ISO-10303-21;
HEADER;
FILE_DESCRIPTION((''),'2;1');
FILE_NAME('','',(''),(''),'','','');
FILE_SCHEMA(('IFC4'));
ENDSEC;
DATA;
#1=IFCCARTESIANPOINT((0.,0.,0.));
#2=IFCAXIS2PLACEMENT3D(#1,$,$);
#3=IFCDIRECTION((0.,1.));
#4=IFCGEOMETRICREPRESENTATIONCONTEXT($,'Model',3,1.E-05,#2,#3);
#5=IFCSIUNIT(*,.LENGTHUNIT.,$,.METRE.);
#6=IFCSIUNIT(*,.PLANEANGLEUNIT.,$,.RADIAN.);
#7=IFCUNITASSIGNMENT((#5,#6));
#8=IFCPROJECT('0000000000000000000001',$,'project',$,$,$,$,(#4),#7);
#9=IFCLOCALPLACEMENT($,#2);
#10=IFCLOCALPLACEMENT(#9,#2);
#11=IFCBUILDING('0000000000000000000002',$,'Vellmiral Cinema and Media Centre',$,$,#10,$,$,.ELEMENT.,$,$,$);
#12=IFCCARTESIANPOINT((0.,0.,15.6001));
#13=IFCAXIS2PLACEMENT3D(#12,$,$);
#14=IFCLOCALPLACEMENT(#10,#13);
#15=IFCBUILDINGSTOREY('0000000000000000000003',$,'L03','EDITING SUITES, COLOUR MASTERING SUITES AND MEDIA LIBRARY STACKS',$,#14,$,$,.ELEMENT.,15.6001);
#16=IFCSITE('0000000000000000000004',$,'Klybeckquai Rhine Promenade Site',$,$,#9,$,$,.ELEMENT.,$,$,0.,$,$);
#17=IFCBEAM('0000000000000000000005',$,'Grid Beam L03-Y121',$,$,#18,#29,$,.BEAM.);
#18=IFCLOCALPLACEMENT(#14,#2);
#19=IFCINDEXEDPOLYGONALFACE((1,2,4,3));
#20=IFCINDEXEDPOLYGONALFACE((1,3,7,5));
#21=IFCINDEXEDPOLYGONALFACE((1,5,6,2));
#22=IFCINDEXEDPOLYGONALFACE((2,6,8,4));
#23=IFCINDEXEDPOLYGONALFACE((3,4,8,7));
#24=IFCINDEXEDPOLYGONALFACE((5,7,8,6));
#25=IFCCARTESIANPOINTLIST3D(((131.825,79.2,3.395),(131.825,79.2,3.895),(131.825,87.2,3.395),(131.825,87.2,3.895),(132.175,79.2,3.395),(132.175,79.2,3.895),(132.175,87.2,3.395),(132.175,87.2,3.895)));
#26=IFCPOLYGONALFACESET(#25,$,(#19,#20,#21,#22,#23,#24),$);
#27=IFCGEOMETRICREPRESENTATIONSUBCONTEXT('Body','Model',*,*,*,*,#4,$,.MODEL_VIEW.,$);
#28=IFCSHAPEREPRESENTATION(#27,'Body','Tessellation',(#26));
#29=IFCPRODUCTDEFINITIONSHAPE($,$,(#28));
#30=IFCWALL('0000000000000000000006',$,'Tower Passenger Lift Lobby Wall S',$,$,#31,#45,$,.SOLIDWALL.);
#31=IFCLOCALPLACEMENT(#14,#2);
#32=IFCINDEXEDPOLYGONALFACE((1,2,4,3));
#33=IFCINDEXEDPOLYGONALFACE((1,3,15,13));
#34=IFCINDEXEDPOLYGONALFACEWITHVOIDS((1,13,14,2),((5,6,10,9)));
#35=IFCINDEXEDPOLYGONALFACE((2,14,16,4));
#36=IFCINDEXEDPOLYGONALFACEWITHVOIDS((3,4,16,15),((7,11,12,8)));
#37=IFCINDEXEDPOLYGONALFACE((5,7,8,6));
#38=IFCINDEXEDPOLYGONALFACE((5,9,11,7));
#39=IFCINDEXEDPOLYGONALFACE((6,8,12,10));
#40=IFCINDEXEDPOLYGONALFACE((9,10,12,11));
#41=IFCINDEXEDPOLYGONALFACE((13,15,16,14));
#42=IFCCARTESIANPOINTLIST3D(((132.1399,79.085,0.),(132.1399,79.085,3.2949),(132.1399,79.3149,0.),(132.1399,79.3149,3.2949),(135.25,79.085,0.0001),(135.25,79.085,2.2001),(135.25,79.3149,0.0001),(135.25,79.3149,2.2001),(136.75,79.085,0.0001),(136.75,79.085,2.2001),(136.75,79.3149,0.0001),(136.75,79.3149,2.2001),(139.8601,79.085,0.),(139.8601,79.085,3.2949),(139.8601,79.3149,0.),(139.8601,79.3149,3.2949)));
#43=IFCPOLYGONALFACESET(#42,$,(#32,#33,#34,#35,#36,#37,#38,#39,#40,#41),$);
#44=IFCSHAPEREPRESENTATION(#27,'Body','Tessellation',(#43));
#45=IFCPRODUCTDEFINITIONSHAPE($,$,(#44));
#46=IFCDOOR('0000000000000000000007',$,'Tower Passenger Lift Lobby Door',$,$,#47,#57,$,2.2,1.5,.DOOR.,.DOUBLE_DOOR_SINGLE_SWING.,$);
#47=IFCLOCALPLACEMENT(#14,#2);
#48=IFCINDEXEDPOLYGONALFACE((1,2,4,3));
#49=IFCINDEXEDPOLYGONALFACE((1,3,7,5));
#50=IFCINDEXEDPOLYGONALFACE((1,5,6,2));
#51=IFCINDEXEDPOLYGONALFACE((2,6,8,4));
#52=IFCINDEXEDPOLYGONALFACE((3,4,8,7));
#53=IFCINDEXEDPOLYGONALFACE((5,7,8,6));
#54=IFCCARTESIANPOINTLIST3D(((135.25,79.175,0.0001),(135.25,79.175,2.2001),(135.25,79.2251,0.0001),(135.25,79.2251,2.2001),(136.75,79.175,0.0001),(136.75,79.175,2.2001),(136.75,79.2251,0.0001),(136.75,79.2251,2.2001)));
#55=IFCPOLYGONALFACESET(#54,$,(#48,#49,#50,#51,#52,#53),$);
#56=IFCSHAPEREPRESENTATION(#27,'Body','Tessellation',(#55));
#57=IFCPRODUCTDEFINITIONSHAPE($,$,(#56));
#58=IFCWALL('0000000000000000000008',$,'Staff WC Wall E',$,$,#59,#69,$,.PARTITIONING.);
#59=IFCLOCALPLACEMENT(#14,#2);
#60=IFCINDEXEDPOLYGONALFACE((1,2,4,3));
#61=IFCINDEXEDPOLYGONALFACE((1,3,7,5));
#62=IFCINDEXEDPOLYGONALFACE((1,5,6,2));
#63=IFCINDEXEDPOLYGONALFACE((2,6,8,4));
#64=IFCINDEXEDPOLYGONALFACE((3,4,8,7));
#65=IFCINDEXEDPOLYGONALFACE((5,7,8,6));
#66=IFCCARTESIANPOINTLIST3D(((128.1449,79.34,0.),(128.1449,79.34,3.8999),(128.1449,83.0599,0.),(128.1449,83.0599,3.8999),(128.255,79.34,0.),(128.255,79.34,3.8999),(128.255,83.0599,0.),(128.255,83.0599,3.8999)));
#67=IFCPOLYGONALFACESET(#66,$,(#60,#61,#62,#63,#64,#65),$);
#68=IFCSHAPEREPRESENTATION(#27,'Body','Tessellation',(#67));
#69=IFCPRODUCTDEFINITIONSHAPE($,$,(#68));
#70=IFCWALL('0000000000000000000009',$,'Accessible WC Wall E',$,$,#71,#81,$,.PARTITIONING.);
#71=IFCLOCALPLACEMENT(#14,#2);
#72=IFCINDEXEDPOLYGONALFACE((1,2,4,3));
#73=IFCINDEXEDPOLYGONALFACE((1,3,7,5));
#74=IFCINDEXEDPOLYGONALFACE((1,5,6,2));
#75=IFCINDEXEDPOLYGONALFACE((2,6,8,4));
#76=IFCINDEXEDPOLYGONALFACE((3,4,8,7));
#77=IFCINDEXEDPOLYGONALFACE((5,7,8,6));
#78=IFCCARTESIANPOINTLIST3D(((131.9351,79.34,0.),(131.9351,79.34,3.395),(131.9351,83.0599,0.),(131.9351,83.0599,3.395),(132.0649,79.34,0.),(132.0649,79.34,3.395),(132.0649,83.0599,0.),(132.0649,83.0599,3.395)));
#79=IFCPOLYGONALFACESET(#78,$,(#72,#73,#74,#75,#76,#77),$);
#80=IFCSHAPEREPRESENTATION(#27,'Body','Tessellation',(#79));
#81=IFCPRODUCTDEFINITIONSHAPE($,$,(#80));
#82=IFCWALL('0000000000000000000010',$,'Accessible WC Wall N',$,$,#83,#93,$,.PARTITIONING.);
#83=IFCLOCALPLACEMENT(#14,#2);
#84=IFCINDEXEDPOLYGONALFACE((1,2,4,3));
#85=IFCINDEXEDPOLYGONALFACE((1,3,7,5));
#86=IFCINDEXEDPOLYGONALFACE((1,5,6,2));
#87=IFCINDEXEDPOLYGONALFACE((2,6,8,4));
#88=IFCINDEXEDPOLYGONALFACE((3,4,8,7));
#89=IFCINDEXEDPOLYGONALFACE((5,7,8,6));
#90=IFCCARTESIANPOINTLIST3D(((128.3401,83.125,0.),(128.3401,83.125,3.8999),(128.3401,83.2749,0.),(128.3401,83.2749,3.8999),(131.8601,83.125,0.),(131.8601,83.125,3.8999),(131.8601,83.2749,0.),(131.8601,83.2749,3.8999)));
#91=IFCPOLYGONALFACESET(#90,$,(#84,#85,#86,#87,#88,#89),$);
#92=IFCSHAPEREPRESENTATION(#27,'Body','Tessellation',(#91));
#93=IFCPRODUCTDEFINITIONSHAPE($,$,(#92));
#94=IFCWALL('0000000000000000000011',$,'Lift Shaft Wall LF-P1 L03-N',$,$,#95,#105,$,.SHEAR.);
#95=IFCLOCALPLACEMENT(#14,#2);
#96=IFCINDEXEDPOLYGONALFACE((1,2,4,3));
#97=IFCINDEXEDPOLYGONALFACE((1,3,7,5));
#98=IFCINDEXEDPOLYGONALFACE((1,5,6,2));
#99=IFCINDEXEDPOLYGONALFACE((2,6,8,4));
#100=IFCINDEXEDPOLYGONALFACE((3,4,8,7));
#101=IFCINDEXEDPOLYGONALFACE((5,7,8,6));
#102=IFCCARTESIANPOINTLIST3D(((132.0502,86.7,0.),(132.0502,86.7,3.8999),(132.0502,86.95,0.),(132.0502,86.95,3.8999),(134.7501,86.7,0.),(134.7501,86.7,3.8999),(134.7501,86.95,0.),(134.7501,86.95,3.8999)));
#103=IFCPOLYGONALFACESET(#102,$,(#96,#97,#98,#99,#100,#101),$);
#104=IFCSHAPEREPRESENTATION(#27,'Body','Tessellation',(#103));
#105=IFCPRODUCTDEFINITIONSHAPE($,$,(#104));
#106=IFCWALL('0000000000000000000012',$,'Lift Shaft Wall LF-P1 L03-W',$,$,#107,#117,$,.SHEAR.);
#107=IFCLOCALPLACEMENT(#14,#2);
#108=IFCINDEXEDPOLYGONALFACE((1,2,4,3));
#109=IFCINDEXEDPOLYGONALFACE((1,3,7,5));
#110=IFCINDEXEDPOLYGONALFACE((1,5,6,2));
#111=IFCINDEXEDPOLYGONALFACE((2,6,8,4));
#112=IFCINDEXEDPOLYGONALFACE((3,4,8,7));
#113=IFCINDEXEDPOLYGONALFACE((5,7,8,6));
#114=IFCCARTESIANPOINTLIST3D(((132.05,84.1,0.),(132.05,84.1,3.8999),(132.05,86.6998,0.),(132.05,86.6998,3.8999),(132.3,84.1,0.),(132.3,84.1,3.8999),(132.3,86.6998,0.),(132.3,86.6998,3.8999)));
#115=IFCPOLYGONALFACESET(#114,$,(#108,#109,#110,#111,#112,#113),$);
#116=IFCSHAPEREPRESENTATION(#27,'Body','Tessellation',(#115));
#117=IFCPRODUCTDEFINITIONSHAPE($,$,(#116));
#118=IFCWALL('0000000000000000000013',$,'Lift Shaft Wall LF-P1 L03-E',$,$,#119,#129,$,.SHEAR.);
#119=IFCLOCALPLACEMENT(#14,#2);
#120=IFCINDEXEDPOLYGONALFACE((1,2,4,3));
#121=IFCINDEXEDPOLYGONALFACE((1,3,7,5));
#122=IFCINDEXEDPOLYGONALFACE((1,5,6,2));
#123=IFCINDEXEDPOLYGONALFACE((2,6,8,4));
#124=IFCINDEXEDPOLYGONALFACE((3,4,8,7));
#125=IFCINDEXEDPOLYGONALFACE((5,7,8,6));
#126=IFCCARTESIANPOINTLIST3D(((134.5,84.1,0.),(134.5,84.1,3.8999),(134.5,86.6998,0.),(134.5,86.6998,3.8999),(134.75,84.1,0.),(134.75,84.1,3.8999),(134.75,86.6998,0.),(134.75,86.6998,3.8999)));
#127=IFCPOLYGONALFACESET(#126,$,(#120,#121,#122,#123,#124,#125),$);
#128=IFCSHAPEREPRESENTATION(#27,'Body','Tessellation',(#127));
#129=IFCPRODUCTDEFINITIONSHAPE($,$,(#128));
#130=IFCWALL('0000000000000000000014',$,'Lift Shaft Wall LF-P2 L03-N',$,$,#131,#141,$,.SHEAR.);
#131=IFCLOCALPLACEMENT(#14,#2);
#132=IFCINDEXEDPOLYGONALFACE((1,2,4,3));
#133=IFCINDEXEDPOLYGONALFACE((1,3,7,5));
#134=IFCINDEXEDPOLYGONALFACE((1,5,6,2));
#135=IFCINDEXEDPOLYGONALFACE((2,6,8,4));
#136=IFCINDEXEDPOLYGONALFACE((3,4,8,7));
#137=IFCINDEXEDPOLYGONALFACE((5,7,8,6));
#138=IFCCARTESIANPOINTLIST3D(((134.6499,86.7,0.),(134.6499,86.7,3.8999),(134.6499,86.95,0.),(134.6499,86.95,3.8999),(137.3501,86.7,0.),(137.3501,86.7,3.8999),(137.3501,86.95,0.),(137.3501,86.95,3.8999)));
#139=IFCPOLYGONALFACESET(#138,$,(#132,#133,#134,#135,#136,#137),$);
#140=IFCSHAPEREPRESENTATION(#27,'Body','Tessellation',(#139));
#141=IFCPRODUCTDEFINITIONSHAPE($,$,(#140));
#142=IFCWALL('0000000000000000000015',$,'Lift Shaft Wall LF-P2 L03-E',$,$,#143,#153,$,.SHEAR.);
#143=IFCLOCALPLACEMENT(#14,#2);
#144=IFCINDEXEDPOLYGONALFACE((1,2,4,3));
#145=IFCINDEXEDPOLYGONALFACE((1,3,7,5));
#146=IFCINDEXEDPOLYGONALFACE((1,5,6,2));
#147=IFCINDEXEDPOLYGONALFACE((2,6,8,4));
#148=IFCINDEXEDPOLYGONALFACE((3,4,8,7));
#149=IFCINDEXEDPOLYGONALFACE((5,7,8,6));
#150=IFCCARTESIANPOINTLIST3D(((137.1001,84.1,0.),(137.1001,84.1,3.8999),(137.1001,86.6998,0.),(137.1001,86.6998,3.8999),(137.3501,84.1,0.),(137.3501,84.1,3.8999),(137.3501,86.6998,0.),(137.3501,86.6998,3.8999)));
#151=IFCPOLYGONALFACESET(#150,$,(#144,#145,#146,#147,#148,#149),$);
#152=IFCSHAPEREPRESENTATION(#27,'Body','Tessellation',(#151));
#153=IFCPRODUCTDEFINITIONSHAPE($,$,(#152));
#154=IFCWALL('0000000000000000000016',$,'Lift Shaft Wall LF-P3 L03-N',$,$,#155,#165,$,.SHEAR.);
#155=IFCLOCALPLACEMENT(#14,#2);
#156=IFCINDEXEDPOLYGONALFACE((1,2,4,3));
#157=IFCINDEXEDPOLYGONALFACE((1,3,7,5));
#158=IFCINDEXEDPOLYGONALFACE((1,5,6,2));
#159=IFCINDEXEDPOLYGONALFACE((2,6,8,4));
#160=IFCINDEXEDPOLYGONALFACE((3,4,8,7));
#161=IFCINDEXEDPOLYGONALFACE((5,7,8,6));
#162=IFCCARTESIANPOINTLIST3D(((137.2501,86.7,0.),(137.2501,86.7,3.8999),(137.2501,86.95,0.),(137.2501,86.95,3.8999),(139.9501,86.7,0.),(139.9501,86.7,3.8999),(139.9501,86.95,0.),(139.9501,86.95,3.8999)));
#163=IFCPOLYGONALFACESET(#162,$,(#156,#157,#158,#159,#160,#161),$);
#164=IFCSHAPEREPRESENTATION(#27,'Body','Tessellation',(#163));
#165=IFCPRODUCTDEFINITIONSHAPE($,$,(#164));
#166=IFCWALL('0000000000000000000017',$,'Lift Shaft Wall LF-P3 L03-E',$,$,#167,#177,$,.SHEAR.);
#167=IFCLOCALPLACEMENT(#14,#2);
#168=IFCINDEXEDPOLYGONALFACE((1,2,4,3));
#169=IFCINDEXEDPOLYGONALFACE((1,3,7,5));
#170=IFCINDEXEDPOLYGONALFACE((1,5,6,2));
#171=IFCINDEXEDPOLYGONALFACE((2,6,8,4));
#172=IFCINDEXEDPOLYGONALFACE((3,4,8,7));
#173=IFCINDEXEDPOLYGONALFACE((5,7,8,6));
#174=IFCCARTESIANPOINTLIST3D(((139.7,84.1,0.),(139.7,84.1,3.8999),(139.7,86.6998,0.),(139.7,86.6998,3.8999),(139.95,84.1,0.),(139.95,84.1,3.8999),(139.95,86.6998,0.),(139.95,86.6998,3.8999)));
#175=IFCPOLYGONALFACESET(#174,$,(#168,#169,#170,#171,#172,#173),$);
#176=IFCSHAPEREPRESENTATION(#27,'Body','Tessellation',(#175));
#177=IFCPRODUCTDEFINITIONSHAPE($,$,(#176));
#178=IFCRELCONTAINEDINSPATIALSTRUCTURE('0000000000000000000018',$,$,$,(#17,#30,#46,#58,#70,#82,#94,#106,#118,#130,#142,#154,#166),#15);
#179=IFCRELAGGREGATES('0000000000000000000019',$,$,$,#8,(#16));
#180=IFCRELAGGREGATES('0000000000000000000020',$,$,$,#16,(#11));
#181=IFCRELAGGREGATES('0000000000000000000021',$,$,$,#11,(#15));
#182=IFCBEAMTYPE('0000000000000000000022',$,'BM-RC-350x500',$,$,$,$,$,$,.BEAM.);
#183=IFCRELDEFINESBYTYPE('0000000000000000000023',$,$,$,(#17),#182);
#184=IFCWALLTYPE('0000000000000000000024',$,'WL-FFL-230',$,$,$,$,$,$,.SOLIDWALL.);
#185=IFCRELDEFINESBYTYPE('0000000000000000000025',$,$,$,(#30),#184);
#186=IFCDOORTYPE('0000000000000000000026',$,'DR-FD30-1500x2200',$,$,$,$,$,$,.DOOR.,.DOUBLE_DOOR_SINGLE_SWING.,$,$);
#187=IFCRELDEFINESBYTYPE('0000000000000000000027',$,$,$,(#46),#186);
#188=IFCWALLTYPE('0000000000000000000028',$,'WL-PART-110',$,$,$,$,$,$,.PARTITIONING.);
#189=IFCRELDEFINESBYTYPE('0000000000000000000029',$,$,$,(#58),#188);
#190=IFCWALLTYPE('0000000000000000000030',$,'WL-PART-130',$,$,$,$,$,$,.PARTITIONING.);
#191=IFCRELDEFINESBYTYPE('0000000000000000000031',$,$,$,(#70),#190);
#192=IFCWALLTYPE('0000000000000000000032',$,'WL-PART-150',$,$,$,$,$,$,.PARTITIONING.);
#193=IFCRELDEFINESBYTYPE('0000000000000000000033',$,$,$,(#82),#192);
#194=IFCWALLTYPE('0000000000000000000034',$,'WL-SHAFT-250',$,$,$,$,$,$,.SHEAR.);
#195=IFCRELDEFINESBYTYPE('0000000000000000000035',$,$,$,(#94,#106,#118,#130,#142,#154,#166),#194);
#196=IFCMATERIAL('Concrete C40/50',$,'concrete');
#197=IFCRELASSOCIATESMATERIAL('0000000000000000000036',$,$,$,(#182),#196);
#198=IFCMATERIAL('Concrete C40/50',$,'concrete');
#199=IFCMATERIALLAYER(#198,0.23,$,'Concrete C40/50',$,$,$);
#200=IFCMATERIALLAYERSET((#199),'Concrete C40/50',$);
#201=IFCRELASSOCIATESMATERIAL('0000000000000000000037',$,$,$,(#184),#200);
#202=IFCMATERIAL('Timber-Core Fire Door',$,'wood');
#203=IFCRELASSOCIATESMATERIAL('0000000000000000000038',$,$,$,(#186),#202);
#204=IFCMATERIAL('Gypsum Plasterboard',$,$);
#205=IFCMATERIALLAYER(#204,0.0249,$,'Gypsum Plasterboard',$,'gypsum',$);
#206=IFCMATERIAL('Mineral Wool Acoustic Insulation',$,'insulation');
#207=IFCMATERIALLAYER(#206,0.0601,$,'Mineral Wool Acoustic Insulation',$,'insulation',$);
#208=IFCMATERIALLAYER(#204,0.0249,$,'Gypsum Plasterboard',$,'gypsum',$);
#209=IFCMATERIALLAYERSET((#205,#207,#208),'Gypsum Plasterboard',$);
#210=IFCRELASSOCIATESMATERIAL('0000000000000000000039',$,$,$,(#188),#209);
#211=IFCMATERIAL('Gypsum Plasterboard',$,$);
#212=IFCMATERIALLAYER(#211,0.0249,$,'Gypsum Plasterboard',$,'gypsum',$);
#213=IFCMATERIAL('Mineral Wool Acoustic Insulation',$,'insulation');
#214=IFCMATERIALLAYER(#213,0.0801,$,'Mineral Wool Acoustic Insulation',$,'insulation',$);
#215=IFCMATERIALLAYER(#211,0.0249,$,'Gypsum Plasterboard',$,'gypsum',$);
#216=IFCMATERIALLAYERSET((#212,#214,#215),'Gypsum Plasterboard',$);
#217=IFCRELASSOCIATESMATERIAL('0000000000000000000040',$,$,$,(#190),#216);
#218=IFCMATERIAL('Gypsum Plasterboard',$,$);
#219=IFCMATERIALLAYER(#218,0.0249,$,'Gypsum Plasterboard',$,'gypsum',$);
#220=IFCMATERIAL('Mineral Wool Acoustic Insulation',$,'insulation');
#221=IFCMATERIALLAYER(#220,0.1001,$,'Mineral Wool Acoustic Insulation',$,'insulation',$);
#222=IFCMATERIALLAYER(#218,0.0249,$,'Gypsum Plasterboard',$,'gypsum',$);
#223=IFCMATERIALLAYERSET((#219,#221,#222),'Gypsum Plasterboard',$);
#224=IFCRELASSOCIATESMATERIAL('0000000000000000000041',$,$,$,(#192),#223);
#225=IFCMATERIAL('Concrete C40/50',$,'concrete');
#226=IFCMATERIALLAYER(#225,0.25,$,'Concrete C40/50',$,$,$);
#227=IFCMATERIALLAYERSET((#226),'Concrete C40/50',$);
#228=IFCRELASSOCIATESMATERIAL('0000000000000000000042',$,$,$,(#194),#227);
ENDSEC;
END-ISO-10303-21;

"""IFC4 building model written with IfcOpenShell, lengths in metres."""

from ifc_helpers import new_model, si_unit, direction, frame, frame_2d, origin, origin_2d, place, context, subcontext, project, spatial, rectangle, extrude, material, layer, layer_set, material_profile, profile_set, type_object, element, fill, save


model = new_model("IFC4")

# Units and contexts
model_context = context("Model", 3, precision=1e-05, world=origin(), true_north=direction((0.0, 1.0)))
body_context = subcontext(model_context, "Body", "Model", "MODEL_VIEW")
ifc_project = project(units=[si_unit("LENGTHUNIT", "METRE"), si_unit("PLANEANGLEUNIT", "RADIAN")], contexts=[model_context])

# Site, building, storey
site_placement = place(None, origin())
site = spatial("IfcSite", under=ifc_project, at=site_placement, Name="Klybeckquai Rhine Promenade Site", CompositionType="ELEMENT", RefElevation=0.0)
building_placement = place(site_placement, origin())
building = spatial("IfcBuilding", under=site, at=building_placement, Name="Vellmiral Cinema and Media Centre", CompositionType="ELEMENT")
storey_placement = place(building_placement, frame((0.0, 0.0, 15.6001)))
storey = spatial("IfcBuildingStorey", under=building, at=storey_placement, Name="L03", Description="EDITING SUITES, COLOUR MASTERING SUITES AND MEDIA LIBRARY STACKS", CompositionType="ELEMENT", Elevation=15.6001)

# Beam
ifc_material_1 = material(Name="Concrete C40/50", Category="concrete")
ifc_material_profile = material_profile(ifc_material_1, rectangle(XDim=0.3501, YDim=0.5, at=origin_2d()), Name="RC 350x500")
ifc_profile_set = profile_set([ifc_material_profile], Name="Concrete C40/50")
beam_type = type_object("IfcBeamType", Name="BM-RC-350x500", PredefinedType="BEAM", material=ifc_profile_set)
beam_placement = place(storey_placement, frame((132.0, 79.2, 3.645), z_axis=(0.0, 1.0, 0.0), x_axis=(-1.0, 0.0, 0.0)))
element("IfcBeam", 1, at=beam_placement, inside=storey, type_object=beam_type, Name="Grid Beam L03-Y121", PredefinedType="BEAM", context=body_context, shape_type="SweptSolid", body=[
    extrude(rectangle(XDim=0.3501, YDim=0.5, at=origin_2d()), origin(), (0.0, 0.0, 1.0), 8.0),
])

# Wall, opening, door
ifc_material_2 = material(Name="Concrete C40/50", Category="concrete")
ifc_layer_1 = layer(ifc_material_2, 0.23, Name="Concrete C40/50")
ifc_layer_set_1 = layer_set([ifc_layer_1], Name="Concrete C40/50")
wall_type_1 = type_object("IfcWallType", Name="WL-FFL-230", PredefinedType="SOLIDWALL", material=ifc_layer_set_1)
wall_1_placement = place(storey_placement, frame((132.1399, 79.2, 0.0), z_axis=(0.0, 0.0, 1.0), x_axis=(1.0, 0.0, 0.0)))
wall_1 = element("IfcWall", 2, at=wall_1_placement, inside=storey, type_object=wall_type_1, Name="Tower Passenger Lift Lobby Wall S", PredefinedType="SOLIDWALL", context=body_context, shape_type="SweptSolid", body=[
    extrude(rectangle(XDim=7.7202, YDim=0.23, at=frame_2d((3.8601, 0.0))), origin(), (0.0, 0.0, 1.0), 3.2949),
])
opening_1_placement = place(wall_1_placement, frame((3.1101, 0.0, 0.0)))
opening_1 = element("IfcOpeningElement", 3, at=opening_1_placement, cuts=wall_1, PredefinedType="OPENING", context=body_context, shape_type="SweptSolid", body=[
    extrude(rectangle(XDim=1.5, YDim=2.2, at=frame_2d((0.75, 1.1001))), frame((0.0, 0.127, 0.0), z_axis=(0.0, -1.0, 0.0), x_axis=(1.0, 0.0, 0.0)), (0.0, 0.0, 1.0), 0.2539),
])
ifc_material_3 = material(Name="Timber-Core Fire Door", Category="wood")
door_type_1 = type_object("IfcDoorType", Name="DR-FD30-1500x2200", OperationType="DOUBLE_DOOR_SINGLE_SWING", PredefinedType="DOOR", material=ifc_material_3)
door_1_placement = place(opening_1_placement, frame((1.5, 0.0, 0.0), z_axis=(0.0, 0.0, 1.0), x_axis=(-1.0, 0.0, 0.0)))
door_1 = element("IfcDoor", 4, at=door_1_placement, inside=storey, type_object=door_type_1, Name="Tower Passenger Lift Lobby Door", OperationType="DOUBLE_DOOR_SINGLE_SWING", OverallHeight=2.2, OverallWidth=1.5, PredefinedType="DOOR", context=body_context, shape_type="SweptSolid", body=[
    extrude(rectangle(XDim=1.5, YDim=2.2, at=frame_2d((0.75, 1.1001))), frame((0.0, 0.0249, 0.0), z_axis=(0.0, -1.0, 0.0), x_axis=(1.0, 0.0, 0.0)), (0.0, 0.0, 1.0), 0.05),
])
fill(opening_1, door_1)

# Walls
ifc_material_4 = material(Name="Gypsum Plasterboard")
ifc_layer_2 = layer(ifc_material_4, 0.0249, Name="Gypsum Plasterboard", Category="gypsum")
ifc_material_5 = material(Name="Mineral Wool Acoustic Insulation", Category="insulation")
ifc_layer_3 = layer(ifc_material_5, 0.0601, Name="Mineral Wool Acoustic Insulation", Category="insulation")
ifc_layer_4 = layer(ifc_material_4, 0.0249, Name="Gypsum Plasterboard", Category="gypsum")
ifc_layer_set_2 = layer_set([ifc_layer_2, ifc_layer_3, ifc_layer_4], Name="Gypsum Plasterboard")
wall_type_2 = type_object("IfcWallType", Name="WL-PART-110", PredefinedType="PARTITIONING", material=ifc_layer_set_2)
wall_2_placement = place(storey_placement, frame((128.2, 79.3401, 0.0), z_axis=(0.0, 0.0, 1.0), x_axis=(0.0, 1.0, 0.0)))
element("IfcWall", 5, at=wall_2_placement, inside=storey, type_object=wall_type_2, Name="Staff WC Wall E", PredefinedType="PARTITIONING", context=body_context, shape_type="SweptSolid", body=[
    extrude(rectangle(XDim=3.72, YDim=0.1101, at=frame_2d((1.8599, 0.0))), origin(), (0.0, 0.0, 1.0), 3.8999),
])
ifc_material_6 = material(Name="Gypsum Plasterboard")
ifc_layer_5 = layer(ifc_material_6, 0.0249, Name="Gypsum Plasterboard", Category="gypsum")
ifc_material_7 = material(Name="Mineral Wool Acoustic Insulation", Category="insulation")
ifc_layer_6 = layer(ifc_material_7, 0.0801, Name="Mineral Wool Acoustic Insulation", Category="insulation")
ifc_layer_7 = layer(ifc_material_6, 0.0249, Name="Gypsum Plasterboard", Category="gypsum")
ifc_layer_set_3 = layer_set([ifc_layer_5, ifc_layer_6, ifc_layer_7], Name="Gypsum Plasterboard")
wall_type_3 = type_object("IfcWallType", Name="WL-PART-130", PredefinedType="PARTITIONING", material=ifc_layer_set_3)
wall_3_placement = place(storey_placement, frame((132.0, 79.3401, 0.0), z_axis=(0.0, 0.0, 1.0), x_axis=(0.0, 1.0, 0.0)))
element("IfcWall", 6, at=wall_3_placement, inside=storey, type_object=wall_type_3, Name="Accessible WC Wall E", PredefinedType="PARTITIONING", context=body_context, shape_type="SweptSolid", body=[
    extrude(rectangle(XDim=3.72, YDim=0.1299, at=frame_2d((1.8599, 0.0))), origin(), (0.0, 0.0, 1.0), 3.395),
])
ifc_material_8 = material(Name="Gypsum Plasterboard")
ifc_layer_8 = layer(ifc_material_8, 0.0249, Name="Gypsum Plasterboard", Category="gypsum")
ifc_material_9 = material(Name="Mineral Wool Acoustic Insulation", Category="insulation")
ifc_layer_9 = layer(ifc_material_9, 0.1001, Name="Mineral Wool Acoustic Insulation", Category="insulation")
ifc_layer_10 = layer(ifc_material_8, 0.0249, Name="Gypsum Plasterboard", Category="gypsum")
ifc_layer_set_4 = layer_set([ifc_layer_8, ifc_layer_9, ifc_layer_10], Name="Gypsum Plasterboard")
wall_type_4 = type_object("IfcWallType", Name="WL-PART-150", PredefinedType="PARTITIONING", material=ifc_layer_set_4)
wall_4_placement = place(storey_placement, frame((128.3401, 83.2, 0.0), z_axis=(0.0, 0.0, 1.0), x_axis=(1.0, 0.0, 0.0)))
element("IfcWall", 7, at=wall_4_placement, inside=storey, type_object=wall_type_4, Name="Accessible WC Wall N", PredefinedType="PARTITIONING", context=body_context, shape_type="SweptSolid", body=[
    extrude(rectangle(XDim=3.52, YDim=0.1499, at=frame_2d((1.76, 0.0))), origin(), (0.0, 0.0, 1.0), 3.8999),
])

# Shared definitions
ifc_material_10 = material(Name="Concrete C40/50", Category="concrete")
ifc_layer_11 = layer(ifc_material_10, 0.25, Name="Concrete C40/50")
ifc_layer_set_5 = layer_set([ifc_layer_11], Name="Concrete C40/50")
wall_type_5 = type_object("IfcWallType", Name="WL-SHAFT-250", PredefinedType="SHEAR", material=ifc_layer_set_5)

# Walls
wall_5_placement = place(storey_placement, frame((132.05, 86.825, 0.0), z_axis=(0.0, 0.0, 1.0), x_axis=(1.0, 0.0, 0.0)))
element("IfcWall", 8, at=wall_5_placement, inside=storey, type_object=wall_type_5, Name="Lift Shaft Wall LF-P1 L03-N", PredefinedType="SHEAR", context=body_context, shape_type="SweptSolid", body=[
    extrude(rectangle(XDim=2.7, YDim=0.25, at=frame_2d((1.3501, 0.0))), origin(), (0.0, 0.0, 1.0), 3.8999),
])
for number, where, z_axis, x_axis, name in (
    (9, (132.175, 84.1001, 0.0), (0.0, 0.0, 1.0), (0.0, 1.0, 0.0), "Lift Shaft Wall LF-P1 L03-W"),
    (10, (134.625, 84.1001, 0.0), (0.0, 0.0, 1.0), (0.0, 1.0, 0.0), "Lift Shaft Wall LF-P1 L03-E"),
):
    element("IfcWall", number, at=place(storey_placement, frame(where, z_axis=z_axis, x_axis=x_axis)), inside=storey, type_object=wall_type_5, Name=name, PredefinedType="SHEAR", context=body_context, shape_type="SweptSolid", body=[
        extrude(rectangle(XDim=2.5999, YDim=0.25, at=frame_2d((1.2998, 0.0))), origin(), (0.0, 0.0, 1.0), 3.8999),
    ])

# Walls
wall_6_placement = place(storey_placement, frame((134.6499, 86.825, 0.0), z_axis=(0.0, 0.0, 1.0), x_axis=(1.0, 0.0, 0.0)))
element("IfcWall", 11, at=wall_6_placement, inside=storey, type_object=wall_type_5, Name="Lift Shaft Wall LF-P2 L03-N", PredefinedType="SHEAR", context=body_context, shape_type="SweptSolid", body=[
    extrude(rectangle(XDim=2.7002, YDim=0.25, at=frame_2d((1.3501, 0.0))), origin(), (0.0, 0.0, 1.0), 3.8999),
])
wall_7_placement = place(storey_placement, frame((137.2251, 84.1001, 0.0), z_axis=(0.0, 0.0, 1.0), x_axis=(0.0, 1.0, 0.0)))
element("IfcWall", 12, at=wall_7_placement, inside=storey, type_object=wall_type_5, Name="Lift Shaft Wall LF-P2 L03-E", PredefinedType="SHEAR", context=body_context, shape_type="SweptSolid", body=[
    extrude(rectangle(XDim=2.5999, YDim=0.25, at=frame_2d((1.2998, 0.0))), origin(), (0.0, 0.0, 1.0), 3.8999),
])

# Walls
wall_8_placement = place(storey_placement, frame((137.25, 86.825, 0.0), z_axis=(0.0, 0.0, 1.0), x_axis=(1.0, 0.0, 0.0)))
element("IfcWall", 13, at=wall_8_placement, inside=storey, type_object=wall_type_5, Name="Lift Shaft Wall LF-P3 L03-N", PredefinedType="SHEAR", context=body_context, shape_type="SweptSolid", body=[
    extrude(rectangle(XDim=2.7, YDim=0.25, at=frame_2d((1.3501, 0.0))), origin(), (0.0, 0.0, 1.0), 3.8999),
])
wall_9_placement = place(storey_placement, frame((139.825, 84.1001, 0.0), z_axis=(0.0, 0.0, 1.0), x_axis=(0.0, 1.0, 0.0)))
element("IfcWall", 14, at=wall_9_placement, inside=storey, type_object=wall_type_5, Name="Lift Shaft Wall LF-P3 L03-E", PredefinedType="SHEAR", context=body_context, shape_type="SweptSolid", body=[
    extrude(rectangle(XDim=2.5999, YDim=0.25, at=frame_2d((1.2998, 0.0))), origin(), (0.0, 0.0, 1.0), 3.8999),
])

save(model, "model.ifc")
